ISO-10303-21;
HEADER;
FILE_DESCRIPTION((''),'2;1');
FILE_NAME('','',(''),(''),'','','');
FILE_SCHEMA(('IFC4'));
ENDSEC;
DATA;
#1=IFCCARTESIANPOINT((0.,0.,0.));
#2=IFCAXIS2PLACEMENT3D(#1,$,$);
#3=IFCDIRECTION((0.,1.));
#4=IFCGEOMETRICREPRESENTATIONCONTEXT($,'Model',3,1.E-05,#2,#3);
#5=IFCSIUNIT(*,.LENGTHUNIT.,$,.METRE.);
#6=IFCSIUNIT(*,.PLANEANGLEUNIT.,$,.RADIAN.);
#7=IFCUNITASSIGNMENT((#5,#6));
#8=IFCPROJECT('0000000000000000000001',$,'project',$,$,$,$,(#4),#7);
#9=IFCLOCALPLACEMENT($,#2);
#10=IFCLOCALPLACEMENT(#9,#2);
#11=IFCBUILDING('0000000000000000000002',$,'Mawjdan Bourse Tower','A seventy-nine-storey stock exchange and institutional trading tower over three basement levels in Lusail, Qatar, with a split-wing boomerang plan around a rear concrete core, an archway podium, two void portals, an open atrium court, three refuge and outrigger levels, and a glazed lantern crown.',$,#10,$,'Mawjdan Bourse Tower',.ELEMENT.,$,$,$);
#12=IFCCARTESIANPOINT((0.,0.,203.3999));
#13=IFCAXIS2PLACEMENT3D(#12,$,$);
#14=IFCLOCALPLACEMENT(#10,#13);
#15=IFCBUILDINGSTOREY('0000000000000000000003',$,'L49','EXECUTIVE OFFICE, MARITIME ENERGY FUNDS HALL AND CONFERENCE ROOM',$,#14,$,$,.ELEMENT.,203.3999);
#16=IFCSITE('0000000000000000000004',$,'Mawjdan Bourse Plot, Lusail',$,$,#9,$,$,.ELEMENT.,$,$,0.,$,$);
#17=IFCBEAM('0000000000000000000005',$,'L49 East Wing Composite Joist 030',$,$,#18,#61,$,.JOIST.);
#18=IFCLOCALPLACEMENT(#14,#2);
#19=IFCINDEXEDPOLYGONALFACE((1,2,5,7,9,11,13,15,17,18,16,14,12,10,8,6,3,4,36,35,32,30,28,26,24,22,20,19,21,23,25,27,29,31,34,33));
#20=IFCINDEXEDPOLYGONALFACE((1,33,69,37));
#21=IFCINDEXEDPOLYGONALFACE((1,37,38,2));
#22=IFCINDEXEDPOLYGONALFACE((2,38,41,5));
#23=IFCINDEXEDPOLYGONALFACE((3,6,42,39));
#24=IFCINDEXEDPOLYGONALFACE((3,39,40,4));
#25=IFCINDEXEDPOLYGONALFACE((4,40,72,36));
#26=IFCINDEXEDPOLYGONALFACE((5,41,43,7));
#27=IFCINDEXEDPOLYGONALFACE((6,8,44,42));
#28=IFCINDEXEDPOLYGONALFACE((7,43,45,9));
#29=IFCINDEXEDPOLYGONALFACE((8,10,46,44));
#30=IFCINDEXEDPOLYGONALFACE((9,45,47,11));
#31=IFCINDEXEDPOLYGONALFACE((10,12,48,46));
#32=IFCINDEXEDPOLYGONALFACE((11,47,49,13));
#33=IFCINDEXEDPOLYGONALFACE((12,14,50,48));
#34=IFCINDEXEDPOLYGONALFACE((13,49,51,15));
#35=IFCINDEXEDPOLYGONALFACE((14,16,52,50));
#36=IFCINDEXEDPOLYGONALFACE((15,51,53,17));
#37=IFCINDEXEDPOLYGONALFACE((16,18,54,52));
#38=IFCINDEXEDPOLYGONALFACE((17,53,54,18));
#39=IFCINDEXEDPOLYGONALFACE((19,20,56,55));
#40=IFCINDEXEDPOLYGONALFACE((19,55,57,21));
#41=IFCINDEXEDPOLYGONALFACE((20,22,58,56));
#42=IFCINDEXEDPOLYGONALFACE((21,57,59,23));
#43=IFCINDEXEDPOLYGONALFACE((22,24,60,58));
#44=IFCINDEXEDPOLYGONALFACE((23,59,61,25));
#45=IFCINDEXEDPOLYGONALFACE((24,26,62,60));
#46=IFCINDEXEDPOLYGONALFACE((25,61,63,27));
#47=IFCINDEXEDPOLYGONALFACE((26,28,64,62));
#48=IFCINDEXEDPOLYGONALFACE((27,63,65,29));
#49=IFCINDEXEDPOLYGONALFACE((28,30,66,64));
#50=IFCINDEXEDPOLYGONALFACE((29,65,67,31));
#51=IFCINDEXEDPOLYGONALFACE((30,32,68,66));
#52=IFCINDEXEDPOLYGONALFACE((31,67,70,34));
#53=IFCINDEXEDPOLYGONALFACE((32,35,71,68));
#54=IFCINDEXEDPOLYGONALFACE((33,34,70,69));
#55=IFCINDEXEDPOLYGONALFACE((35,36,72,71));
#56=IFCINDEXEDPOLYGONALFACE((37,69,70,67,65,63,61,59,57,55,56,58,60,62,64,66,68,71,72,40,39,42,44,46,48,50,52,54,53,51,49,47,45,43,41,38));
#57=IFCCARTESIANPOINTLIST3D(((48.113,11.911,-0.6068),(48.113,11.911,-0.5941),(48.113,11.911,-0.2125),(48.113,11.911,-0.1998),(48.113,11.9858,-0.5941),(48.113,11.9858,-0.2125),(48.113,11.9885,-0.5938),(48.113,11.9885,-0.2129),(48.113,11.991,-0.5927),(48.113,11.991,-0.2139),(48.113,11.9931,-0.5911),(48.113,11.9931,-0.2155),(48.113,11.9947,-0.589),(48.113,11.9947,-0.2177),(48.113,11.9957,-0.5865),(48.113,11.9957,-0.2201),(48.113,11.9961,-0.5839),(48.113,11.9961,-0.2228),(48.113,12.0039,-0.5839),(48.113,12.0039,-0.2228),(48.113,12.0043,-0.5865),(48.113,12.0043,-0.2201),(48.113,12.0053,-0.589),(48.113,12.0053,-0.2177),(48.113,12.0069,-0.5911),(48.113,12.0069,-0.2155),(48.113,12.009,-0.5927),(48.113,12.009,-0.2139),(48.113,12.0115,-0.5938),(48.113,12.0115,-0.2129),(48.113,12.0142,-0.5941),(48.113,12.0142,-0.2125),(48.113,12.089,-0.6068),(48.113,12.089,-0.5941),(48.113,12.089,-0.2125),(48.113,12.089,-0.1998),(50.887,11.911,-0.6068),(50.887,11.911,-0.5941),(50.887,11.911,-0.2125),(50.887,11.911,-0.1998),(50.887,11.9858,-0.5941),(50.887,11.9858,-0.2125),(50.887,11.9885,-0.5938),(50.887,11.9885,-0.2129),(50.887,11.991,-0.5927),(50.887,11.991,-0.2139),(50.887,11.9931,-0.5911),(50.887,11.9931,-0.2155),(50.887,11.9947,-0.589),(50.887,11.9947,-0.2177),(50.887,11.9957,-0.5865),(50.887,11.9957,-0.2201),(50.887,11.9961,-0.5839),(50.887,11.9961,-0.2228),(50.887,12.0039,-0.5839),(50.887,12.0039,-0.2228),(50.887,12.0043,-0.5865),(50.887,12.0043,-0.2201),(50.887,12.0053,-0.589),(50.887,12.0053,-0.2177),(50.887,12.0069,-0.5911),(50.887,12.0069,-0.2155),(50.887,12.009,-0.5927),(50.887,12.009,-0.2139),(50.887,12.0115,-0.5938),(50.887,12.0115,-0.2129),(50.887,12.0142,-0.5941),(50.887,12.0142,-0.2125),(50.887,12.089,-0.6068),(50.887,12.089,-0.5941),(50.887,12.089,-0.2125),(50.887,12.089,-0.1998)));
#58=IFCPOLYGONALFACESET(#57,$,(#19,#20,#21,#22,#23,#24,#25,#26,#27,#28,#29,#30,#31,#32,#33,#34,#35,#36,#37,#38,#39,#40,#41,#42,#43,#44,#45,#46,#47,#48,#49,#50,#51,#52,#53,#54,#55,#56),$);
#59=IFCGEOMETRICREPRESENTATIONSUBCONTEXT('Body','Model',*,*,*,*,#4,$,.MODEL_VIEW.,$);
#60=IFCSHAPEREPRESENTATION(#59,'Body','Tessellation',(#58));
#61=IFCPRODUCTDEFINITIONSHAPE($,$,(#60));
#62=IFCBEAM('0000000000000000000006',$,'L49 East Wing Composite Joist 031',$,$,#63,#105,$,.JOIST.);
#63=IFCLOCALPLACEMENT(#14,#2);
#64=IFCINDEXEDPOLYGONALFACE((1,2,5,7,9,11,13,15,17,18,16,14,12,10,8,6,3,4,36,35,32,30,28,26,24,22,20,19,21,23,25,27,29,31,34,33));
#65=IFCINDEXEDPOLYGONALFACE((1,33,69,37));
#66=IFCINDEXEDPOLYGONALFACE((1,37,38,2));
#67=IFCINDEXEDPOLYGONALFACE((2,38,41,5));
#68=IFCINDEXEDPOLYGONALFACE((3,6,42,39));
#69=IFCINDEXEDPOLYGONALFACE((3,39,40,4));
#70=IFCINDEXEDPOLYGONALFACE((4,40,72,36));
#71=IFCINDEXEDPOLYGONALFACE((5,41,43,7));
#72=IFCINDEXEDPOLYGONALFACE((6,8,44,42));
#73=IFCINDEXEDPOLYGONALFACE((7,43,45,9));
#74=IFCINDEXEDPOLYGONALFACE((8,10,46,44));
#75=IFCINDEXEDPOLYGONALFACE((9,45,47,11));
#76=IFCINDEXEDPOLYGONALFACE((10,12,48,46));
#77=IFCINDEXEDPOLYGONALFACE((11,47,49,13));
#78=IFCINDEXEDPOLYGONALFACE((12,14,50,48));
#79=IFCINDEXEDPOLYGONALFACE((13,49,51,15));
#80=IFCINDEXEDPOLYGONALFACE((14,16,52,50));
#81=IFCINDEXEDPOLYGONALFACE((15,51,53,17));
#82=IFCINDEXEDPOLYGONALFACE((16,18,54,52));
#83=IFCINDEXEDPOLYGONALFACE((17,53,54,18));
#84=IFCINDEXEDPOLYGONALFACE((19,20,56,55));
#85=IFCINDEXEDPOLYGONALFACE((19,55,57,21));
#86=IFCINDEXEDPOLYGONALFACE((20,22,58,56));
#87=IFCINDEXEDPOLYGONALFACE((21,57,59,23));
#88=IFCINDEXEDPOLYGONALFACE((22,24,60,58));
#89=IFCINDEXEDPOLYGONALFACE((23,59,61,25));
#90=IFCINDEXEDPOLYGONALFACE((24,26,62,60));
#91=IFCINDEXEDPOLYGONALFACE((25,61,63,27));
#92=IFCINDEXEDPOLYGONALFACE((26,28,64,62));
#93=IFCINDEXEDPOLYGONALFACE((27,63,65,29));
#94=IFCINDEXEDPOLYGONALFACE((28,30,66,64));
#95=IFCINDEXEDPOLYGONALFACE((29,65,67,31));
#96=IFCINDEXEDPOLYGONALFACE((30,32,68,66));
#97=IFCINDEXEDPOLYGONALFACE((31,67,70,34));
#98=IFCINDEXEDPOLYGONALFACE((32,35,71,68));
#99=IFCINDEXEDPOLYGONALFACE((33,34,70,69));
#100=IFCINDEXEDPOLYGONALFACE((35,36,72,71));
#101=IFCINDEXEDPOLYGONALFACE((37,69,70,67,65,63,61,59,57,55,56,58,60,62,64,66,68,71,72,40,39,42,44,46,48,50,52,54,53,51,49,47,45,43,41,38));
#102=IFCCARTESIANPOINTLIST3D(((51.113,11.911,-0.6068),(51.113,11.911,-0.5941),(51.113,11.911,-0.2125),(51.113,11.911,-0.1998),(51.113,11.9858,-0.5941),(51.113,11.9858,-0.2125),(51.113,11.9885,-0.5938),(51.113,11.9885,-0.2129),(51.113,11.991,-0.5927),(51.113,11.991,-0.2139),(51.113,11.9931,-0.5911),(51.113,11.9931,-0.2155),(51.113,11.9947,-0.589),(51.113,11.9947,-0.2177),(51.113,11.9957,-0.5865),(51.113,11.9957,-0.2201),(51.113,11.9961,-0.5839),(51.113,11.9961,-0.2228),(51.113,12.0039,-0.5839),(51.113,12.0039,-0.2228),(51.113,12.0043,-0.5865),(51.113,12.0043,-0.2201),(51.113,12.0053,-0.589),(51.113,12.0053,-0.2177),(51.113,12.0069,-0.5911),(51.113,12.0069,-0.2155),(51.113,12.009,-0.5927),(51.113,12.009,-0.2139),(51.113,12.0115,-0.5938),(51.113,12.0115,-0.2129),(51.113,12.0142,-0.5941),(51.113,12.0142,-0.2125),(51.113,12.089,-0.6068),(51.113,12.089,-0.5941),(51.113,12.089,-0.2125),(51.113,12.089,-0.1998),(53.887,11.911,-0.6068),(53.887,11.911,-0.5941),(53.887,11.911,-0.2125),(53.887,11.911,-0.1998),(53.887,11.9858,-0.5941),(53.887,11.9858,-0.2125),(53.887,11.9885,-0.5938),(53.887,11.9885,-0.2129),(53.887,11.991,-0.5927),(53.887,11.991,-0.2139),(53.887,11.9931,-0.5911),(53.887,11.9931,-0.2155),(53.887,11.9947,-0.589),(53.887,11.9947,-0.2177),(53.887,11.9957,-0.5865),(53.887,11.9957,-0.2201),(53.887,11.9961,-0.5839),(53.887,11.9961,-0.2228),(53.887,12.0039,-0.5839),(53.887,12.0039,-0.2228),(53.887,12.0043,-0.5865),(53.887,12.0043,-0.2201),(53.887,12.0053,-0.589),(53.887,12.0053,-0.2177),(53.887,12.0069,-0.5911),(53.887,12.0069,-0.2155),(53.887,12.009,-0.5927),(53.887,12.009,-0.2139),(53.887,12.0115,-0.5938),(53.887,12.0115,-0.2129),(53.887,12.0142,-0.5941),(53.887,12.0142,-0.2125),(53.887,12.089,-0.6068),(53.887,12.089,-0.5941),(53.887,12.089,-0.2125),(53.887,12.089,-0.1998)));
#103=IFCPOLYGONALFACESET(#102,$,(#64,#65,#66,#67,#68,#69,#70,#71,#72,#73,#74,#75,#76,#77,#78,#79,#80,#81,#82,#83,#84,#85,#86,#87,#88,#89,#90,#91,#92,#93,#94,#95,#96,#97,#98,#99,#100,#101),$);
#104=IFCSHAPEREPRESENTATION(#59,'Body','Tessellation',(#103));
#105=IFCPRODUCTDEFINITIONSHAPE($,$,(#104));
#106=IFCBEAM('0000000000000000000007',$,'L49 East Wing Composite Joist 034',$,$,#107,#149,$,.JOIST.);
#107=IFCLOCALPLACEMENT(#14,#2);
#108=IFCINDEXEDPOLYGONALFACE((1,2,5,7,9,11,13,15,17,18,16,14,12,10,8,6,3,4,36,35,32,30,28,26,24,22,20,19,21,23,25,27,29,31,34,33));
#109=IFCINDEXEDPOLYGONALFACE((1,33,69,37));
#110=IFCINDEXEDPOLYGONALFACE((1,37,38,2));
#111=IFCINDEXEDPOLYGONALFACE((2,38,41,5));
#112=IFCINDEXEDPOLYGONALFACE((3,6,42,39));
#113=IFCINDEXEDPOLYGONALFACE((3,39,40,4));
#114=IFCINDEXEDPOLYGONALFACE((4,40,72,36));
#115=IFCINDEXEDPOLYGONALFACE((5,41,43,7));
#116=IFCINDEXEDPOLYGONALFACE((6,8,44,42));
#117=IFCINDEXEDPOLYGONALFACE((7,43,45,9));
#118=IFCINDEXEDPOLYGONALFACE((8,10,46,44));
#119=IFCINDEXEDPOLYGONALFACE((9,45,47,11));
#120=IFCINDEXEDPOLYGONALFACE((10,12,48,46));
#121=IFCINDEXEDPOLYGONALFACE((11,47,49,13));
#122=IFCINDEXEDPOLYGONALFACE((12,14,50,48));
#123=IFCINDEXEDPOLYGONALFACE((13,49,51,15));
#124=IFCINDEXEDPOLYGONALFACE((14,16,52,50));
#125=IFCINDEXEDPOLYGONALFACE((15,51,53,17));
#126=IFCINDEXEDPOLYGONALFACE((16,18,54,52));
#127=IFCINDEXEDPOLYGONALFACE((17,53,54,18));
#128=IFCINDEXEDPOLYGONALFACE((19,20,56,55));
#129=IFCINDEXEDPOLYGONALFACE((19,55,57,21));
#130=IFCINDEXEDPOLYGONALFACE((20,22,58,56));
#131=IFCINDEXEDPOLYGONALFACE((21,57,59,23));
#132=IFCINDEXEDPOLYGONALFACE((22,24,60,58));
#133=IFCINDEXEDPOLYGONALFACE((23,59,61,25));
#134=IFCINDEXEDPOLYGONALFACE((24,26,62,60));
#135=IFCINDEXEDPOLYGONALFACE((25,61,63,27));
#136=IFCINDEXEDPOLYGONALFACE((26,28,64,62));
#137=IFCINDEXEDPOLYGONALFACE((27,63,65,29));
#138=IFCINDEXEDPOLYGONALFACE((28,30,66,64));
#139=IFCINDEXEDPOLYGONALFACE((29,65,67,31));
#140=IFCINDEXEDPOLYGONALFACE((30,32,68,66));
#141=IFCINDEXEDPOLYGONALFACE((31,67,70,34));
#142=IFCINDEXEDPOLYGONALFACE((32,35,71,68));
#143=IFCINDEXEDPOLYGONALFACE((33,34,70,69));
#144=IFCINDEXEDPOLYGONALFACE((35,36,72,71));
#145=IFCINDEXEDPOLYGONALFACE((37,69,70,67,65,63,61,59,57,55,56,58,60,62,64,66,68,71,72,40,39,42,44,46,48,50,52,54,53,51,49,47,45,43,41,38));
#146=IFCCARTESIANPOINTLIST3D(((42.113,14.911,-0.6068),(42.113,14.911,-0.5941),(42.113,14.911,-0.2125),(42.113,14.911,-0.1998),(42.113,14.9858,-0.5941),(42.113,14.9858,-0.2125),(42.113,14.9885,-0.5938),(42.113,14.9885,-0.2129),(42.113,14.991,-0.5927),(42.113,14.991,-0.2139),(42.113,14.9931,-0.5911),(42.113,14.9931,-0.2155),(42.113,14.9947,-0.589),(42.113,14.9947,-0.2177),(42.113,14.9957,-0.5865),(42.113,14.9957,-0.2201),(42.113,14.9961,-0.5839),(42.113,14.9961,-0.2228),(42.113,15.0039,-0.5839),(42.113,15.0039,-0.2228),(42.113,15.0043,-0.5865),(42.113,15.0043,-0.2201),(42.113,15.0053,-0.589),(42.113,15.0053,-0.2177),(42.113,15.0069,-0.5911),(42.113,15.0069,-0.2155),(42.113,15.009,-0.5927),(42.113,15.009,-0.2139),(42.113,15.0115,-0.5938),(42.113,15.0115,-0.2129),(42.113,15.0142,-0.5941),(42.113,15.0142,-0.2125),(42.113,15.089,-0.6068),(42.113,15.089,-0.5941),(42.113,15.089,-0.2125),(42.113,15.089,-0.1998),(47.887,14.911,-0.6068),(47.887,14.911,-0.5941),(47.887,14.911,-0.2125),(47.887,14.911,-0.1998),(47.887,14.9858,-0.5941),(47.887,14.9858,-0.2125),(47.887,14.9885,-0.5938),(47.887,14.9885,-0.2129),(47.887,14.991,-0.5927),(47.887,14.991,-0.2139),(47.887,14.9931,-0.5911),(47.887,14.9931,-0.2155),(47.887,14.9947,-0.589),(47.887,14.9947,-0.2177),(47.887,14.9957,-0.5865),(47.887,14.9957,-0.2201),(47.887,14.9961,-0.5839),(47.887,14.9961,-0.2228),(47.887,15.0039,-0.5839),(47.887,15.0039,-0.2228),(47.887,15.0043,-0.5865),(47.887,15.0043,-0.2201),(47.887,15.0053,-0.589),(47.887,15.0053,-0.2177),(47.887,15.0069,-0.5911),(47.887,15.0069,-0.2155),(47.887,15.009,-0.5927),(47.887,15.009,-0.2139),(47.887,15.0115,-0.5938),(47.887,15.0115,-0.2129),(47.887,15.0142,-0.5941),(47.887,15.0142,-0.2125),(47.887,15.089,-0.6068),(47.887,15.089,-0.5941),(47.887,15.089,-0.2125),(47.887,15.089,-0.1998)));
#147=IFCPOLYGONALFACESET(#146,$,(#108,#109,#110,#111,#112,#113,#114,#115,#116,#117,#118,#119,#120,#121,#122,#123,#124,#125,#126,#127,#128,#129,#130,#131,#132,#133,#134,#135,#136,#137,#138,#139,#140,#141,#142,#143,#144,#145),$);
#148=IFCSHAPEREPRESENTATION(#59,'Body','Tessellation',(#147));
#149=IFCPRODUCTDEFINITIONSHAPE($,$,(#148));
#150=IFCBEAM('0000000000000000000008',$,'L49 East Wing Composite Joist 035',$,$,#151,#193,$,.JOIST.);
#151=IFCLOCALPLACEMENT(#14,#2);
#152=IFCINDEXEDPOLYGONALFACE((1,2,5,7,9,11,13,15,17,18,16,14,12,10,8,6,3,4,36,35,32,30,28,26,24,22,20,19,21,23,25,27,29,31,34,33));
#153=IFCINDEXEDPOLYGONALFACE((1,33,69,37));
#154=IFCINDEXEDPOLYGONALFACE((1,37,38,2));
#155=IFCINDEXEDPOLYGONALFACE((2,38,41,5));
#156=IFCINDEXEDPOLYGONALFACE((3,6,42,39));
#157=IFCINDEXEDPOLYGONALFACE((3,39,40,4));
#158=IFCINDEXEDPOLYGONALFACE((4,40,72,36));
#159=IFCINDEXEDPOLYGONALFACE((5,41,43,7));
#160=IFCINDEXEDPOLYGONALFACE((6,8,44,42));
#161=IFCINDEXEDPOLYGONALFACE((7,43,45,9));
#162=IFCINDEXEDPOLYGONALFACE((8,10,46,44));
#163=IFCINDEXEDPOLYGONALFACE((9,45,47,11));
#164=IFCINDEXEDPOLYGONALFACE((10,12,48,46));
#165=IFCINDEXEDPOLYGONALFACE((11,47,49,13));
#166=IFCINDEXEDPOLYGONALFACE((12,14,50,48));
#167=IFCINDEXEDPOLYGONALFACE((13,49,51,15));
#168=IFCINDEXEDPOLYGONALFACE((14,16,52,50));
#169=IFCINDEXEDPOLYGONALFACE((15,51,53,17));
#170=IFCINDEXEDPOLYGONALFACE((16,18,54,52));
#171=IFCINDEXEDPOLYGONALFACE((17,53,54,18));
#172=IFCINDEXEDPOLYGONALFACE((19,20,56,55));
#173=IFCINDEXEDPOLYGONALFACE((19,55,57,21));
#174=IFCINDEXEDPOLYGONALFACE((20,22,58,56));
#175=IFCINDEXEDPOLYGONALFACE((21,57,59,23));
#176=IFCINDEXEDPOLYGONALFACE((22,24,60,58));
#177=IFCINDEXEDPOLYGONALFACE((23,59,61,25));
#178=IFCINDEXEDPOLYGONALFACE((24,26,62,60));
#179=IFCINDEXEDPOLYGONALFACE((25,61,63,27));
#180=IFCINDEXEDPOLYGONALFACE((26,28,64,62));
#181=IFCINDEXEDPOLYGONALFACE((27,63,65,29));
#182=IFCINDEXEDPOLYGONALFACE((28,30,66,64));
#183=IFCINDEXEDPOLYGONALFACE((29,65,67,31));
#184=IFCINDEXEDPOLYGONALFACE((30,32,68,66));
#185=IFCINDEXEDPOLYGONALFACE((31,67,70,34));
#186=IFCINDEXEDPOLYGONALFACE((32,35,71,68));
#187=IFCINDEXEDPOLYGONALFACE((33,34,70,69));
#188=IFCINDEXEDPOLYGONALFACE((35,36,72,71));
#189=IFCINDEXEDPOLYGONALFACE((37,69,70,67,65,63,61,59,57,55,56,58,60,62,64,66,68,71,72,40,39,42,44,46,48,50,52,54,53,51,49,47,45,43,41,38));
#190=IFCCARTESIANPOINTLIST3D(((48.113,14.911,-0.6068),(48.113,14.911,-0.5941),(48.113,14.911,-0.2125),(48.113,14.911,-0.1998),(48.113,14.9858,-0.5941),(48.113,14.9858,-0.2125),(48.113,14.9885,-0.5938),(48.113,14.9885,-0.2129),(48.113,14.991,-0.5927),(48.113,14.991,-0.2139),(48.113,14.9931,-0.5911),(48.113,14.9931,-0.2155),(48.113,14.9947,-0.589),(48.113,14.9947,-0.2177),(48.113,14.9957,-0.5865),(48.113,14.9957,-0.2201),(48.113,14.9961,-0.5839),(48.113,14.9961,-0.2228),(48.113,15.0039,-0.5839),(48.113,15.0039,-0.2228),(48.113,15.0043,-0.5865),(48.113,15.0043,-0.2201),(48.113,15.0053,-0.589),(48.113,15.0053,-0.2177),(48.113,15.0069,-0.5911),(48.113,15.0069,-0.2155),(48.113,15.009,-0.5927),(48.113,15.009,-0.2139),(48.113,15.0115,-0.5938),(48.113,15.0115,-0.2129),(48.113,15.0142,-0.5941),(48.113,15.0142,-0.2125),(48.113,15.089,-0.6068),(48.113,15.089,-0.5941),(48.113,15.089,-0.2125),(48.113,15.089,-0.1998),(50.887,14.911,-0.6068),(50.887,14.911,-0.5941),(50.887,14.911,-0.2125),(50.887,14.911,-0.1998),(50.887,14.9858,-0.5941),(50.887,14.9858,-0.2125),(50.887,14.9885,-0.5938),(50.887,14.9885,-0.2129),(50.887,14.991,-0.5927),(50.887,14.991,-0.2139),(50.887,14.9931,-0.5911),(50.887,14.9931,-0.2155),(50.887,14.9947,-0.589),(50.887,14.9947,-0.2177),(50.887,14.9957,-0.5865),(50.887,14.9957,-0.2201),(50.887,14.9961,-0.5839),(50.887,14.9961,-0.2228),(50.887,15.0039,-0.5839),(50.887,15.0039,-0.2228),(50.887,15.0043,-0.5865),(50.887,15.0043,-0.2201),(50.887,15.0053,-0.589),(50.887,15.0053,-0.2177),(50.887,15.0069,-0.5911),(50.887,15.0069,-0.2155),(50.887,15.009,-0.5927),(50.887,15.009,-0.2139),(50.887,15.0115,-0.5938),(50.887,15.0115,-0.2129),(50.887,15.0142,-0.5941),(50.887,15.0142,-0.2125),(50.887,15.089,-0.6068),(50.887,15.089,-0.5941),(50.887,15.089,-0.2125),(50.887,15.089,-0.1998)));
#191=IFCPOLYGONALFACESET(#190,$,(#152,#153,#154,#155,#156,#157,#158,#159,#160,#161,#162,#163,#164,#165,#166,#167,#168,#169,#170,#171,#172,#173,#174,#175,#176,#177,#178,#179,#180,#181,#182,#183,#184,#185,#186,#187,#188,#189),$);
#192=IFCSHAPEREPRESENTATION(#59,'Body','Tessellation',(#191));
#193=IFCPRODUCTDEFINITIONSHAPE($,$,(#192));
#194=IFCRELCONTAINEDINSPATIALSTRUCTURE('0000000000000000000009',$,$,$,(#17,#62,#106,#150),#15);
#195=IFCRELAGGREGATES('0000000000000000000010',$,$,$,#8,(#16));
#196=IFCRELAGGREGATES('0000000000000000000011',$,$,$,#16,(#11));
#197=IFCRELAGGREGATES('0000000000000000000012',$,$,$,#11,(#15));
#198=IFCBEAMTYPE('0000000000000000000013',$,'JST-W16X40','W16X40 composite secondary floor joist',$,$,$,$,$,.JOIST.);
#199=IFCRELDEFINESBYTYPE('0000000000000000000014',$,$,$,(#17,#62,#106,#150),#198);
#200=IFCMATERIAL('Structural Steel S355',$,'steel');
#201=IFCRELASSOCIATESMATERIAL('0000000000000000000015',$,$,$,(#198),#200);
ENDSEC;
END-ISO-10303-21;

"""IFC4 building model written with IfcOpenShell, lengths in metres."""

from ifc_helpers import new_model, si_unit, direction, frame, origin, origin_2d, place, context, subcontext, project, spatial, i_section, extrude, material, material_profile, profile_set, type_object, element, save


model = new_model("IFC4")

# Units and contexts
model_context = context("Model", 3, precision=1e-05, world=origin(), true_north=direction((0.0, 1.0)))
body_context = subcontext(model_context, "Body", "Model", "MODEL_VIEW")
ifc_project = project(units=[si_unit("LENGTHUNIT", "METRE"), si_unit("PLANEANGLEUNIT", "RADIAN")], contexts=[model_context])

# Site, building, storey
site_placement = place(None, origin())
site = spatial("IfcSite", under=ifc_project, at=site_placement, Name="Mawjdan Bourse Plot, Lusail", CompositionType="ELEMENT", RefElevation=0.0)
building_placement = place(site_placement, origin())
building = spatial("IfcBuilding", under=site, at=building_placement, Name="Mawjdan Bourse Tower", Description="A seventy-nine-storey stock exchange and institutional trading tower over three basement levels in Lusail, Qatar, with a split-wing boomerang plan around a rear concrete core, an archway podium, two void portals, an open atrium court, three refuge and outrigger levels, and a glazed lantern crown.", LongName="Mawjdan Bourse Tower", CompositionType="ELEMENT")
storey_placement = place(building_placement, frame((0.0, 0.0, 203.3999)))
storey = spatial("IfcBuildingStorey", under=building, at=storey_placement, Name="L49", Description="EXECUTIVE OFFICE, MARITIME ENERGY FUNDS HALL AND CONFERENCE ROOM", CompositionType="ELEMENT", Elevation=203.3999)

# Beams
ifc_material_1 = material(Name="Structural Steel S355", Category="steel")
ifc_material_profile_1 = material_profile(ifc_material_1, i_section(OverallWidth=0.178, OverallDepth=0.407, WebThickness=0.0078, FlangeThickness=0.0127, FilletRadius=0.0103, at=origin_2d()), Name="W16X40")
ifc_profile_set_1 = profile_set([ifc_material_profile_1], Name="Structural Steel S355")
beam_type_1 = type_object("IfcBeamType", Name="JST-W16X40", Description="W16X40 composite secondary floor joist", PredefinedType="JOIST", material=ifc_profile_set_1)
for number, where, z_axis, x_axis, name in (
    (1, (48.113, 12.0, -0.4033), (1.0, 0.0, 0.0), (0.0, 1.0, 0.0), "L49 East Wing Composite Joist 030"),
    (2, (51.113, 12.0, -0.4033), (1.0, 0.0, 0.0), (0.0, 1.0, 0.0), "L49 East Wing Composite Joist 031"),
):
    element("IfcBeam", number, at=place(storey_placement, frame(where, z_axis=z_axis, x_axis=x_axis)), inside=storey, type_object=beam_type_1, Name=name, PredefinedType="JOIST", context=body_context, shape_type="SweptSolid", body=[
        extrude(i_section(OverallWidth=0.178, OverallDepth=0.407, WebThickness=0.0078, FlangeThickness=0.0127, FilletRadius=0.0103, at=origin_2d()), origin(), (0.0, 0.0, 1.0), 2.7739),
    ])
beam_1_placement = place(storey_placement, frame((42.113, 15.0, -0.4033), z_axis=(1.0, 0.0, 0.0), x_axis=(0.0, 1.0, 0.0)))
element("IfcBeam", 3, at=beam_1_placement, inside=storey, type_object=beam_type_1, Name="L49 East Wing Composite Joist 034", PredefinedType="JOIST", context=body_context, shape_type="SweptSolid", body=[
    extrude(i_section(OverallWidth=0.178, OverallDepth=0.407, WebThickness=0.0078, FlangeThickness=0.0127, FilletRadius=0.0103, at=origin_2d()), origin(), (0.0, 0.0, 1.0), 5.7739),
])
for number, where, z_axis, x_axis, name in (
    (4, (48.113, 15.0, -0.4033), (1.0, 0.0, 0.0), (0.0, 1.0, 0.0), "L49 East Wing Composite Joist 035"),
):
    element("IfcBeam", number, at=place(storey_placement, frame(where, z_axis=z_axis, x_axis=x_axis)), inside=storey, type_object=beam_type_1, Name=name, PredefinedType="JOIST", context=body_context, shape_type="SweptSolid", body=[
        extrude(i_section(OverallWidth=0.178, OverallDepth=0.407, WebThickness=0.0078, FlangeThickness=0.0127, FilletRadius=0.0103, at=origin_2d()), origin(), (0.0, 0.0, 1.0), 2.7739),
    ])

save(model, "model.ifc")
